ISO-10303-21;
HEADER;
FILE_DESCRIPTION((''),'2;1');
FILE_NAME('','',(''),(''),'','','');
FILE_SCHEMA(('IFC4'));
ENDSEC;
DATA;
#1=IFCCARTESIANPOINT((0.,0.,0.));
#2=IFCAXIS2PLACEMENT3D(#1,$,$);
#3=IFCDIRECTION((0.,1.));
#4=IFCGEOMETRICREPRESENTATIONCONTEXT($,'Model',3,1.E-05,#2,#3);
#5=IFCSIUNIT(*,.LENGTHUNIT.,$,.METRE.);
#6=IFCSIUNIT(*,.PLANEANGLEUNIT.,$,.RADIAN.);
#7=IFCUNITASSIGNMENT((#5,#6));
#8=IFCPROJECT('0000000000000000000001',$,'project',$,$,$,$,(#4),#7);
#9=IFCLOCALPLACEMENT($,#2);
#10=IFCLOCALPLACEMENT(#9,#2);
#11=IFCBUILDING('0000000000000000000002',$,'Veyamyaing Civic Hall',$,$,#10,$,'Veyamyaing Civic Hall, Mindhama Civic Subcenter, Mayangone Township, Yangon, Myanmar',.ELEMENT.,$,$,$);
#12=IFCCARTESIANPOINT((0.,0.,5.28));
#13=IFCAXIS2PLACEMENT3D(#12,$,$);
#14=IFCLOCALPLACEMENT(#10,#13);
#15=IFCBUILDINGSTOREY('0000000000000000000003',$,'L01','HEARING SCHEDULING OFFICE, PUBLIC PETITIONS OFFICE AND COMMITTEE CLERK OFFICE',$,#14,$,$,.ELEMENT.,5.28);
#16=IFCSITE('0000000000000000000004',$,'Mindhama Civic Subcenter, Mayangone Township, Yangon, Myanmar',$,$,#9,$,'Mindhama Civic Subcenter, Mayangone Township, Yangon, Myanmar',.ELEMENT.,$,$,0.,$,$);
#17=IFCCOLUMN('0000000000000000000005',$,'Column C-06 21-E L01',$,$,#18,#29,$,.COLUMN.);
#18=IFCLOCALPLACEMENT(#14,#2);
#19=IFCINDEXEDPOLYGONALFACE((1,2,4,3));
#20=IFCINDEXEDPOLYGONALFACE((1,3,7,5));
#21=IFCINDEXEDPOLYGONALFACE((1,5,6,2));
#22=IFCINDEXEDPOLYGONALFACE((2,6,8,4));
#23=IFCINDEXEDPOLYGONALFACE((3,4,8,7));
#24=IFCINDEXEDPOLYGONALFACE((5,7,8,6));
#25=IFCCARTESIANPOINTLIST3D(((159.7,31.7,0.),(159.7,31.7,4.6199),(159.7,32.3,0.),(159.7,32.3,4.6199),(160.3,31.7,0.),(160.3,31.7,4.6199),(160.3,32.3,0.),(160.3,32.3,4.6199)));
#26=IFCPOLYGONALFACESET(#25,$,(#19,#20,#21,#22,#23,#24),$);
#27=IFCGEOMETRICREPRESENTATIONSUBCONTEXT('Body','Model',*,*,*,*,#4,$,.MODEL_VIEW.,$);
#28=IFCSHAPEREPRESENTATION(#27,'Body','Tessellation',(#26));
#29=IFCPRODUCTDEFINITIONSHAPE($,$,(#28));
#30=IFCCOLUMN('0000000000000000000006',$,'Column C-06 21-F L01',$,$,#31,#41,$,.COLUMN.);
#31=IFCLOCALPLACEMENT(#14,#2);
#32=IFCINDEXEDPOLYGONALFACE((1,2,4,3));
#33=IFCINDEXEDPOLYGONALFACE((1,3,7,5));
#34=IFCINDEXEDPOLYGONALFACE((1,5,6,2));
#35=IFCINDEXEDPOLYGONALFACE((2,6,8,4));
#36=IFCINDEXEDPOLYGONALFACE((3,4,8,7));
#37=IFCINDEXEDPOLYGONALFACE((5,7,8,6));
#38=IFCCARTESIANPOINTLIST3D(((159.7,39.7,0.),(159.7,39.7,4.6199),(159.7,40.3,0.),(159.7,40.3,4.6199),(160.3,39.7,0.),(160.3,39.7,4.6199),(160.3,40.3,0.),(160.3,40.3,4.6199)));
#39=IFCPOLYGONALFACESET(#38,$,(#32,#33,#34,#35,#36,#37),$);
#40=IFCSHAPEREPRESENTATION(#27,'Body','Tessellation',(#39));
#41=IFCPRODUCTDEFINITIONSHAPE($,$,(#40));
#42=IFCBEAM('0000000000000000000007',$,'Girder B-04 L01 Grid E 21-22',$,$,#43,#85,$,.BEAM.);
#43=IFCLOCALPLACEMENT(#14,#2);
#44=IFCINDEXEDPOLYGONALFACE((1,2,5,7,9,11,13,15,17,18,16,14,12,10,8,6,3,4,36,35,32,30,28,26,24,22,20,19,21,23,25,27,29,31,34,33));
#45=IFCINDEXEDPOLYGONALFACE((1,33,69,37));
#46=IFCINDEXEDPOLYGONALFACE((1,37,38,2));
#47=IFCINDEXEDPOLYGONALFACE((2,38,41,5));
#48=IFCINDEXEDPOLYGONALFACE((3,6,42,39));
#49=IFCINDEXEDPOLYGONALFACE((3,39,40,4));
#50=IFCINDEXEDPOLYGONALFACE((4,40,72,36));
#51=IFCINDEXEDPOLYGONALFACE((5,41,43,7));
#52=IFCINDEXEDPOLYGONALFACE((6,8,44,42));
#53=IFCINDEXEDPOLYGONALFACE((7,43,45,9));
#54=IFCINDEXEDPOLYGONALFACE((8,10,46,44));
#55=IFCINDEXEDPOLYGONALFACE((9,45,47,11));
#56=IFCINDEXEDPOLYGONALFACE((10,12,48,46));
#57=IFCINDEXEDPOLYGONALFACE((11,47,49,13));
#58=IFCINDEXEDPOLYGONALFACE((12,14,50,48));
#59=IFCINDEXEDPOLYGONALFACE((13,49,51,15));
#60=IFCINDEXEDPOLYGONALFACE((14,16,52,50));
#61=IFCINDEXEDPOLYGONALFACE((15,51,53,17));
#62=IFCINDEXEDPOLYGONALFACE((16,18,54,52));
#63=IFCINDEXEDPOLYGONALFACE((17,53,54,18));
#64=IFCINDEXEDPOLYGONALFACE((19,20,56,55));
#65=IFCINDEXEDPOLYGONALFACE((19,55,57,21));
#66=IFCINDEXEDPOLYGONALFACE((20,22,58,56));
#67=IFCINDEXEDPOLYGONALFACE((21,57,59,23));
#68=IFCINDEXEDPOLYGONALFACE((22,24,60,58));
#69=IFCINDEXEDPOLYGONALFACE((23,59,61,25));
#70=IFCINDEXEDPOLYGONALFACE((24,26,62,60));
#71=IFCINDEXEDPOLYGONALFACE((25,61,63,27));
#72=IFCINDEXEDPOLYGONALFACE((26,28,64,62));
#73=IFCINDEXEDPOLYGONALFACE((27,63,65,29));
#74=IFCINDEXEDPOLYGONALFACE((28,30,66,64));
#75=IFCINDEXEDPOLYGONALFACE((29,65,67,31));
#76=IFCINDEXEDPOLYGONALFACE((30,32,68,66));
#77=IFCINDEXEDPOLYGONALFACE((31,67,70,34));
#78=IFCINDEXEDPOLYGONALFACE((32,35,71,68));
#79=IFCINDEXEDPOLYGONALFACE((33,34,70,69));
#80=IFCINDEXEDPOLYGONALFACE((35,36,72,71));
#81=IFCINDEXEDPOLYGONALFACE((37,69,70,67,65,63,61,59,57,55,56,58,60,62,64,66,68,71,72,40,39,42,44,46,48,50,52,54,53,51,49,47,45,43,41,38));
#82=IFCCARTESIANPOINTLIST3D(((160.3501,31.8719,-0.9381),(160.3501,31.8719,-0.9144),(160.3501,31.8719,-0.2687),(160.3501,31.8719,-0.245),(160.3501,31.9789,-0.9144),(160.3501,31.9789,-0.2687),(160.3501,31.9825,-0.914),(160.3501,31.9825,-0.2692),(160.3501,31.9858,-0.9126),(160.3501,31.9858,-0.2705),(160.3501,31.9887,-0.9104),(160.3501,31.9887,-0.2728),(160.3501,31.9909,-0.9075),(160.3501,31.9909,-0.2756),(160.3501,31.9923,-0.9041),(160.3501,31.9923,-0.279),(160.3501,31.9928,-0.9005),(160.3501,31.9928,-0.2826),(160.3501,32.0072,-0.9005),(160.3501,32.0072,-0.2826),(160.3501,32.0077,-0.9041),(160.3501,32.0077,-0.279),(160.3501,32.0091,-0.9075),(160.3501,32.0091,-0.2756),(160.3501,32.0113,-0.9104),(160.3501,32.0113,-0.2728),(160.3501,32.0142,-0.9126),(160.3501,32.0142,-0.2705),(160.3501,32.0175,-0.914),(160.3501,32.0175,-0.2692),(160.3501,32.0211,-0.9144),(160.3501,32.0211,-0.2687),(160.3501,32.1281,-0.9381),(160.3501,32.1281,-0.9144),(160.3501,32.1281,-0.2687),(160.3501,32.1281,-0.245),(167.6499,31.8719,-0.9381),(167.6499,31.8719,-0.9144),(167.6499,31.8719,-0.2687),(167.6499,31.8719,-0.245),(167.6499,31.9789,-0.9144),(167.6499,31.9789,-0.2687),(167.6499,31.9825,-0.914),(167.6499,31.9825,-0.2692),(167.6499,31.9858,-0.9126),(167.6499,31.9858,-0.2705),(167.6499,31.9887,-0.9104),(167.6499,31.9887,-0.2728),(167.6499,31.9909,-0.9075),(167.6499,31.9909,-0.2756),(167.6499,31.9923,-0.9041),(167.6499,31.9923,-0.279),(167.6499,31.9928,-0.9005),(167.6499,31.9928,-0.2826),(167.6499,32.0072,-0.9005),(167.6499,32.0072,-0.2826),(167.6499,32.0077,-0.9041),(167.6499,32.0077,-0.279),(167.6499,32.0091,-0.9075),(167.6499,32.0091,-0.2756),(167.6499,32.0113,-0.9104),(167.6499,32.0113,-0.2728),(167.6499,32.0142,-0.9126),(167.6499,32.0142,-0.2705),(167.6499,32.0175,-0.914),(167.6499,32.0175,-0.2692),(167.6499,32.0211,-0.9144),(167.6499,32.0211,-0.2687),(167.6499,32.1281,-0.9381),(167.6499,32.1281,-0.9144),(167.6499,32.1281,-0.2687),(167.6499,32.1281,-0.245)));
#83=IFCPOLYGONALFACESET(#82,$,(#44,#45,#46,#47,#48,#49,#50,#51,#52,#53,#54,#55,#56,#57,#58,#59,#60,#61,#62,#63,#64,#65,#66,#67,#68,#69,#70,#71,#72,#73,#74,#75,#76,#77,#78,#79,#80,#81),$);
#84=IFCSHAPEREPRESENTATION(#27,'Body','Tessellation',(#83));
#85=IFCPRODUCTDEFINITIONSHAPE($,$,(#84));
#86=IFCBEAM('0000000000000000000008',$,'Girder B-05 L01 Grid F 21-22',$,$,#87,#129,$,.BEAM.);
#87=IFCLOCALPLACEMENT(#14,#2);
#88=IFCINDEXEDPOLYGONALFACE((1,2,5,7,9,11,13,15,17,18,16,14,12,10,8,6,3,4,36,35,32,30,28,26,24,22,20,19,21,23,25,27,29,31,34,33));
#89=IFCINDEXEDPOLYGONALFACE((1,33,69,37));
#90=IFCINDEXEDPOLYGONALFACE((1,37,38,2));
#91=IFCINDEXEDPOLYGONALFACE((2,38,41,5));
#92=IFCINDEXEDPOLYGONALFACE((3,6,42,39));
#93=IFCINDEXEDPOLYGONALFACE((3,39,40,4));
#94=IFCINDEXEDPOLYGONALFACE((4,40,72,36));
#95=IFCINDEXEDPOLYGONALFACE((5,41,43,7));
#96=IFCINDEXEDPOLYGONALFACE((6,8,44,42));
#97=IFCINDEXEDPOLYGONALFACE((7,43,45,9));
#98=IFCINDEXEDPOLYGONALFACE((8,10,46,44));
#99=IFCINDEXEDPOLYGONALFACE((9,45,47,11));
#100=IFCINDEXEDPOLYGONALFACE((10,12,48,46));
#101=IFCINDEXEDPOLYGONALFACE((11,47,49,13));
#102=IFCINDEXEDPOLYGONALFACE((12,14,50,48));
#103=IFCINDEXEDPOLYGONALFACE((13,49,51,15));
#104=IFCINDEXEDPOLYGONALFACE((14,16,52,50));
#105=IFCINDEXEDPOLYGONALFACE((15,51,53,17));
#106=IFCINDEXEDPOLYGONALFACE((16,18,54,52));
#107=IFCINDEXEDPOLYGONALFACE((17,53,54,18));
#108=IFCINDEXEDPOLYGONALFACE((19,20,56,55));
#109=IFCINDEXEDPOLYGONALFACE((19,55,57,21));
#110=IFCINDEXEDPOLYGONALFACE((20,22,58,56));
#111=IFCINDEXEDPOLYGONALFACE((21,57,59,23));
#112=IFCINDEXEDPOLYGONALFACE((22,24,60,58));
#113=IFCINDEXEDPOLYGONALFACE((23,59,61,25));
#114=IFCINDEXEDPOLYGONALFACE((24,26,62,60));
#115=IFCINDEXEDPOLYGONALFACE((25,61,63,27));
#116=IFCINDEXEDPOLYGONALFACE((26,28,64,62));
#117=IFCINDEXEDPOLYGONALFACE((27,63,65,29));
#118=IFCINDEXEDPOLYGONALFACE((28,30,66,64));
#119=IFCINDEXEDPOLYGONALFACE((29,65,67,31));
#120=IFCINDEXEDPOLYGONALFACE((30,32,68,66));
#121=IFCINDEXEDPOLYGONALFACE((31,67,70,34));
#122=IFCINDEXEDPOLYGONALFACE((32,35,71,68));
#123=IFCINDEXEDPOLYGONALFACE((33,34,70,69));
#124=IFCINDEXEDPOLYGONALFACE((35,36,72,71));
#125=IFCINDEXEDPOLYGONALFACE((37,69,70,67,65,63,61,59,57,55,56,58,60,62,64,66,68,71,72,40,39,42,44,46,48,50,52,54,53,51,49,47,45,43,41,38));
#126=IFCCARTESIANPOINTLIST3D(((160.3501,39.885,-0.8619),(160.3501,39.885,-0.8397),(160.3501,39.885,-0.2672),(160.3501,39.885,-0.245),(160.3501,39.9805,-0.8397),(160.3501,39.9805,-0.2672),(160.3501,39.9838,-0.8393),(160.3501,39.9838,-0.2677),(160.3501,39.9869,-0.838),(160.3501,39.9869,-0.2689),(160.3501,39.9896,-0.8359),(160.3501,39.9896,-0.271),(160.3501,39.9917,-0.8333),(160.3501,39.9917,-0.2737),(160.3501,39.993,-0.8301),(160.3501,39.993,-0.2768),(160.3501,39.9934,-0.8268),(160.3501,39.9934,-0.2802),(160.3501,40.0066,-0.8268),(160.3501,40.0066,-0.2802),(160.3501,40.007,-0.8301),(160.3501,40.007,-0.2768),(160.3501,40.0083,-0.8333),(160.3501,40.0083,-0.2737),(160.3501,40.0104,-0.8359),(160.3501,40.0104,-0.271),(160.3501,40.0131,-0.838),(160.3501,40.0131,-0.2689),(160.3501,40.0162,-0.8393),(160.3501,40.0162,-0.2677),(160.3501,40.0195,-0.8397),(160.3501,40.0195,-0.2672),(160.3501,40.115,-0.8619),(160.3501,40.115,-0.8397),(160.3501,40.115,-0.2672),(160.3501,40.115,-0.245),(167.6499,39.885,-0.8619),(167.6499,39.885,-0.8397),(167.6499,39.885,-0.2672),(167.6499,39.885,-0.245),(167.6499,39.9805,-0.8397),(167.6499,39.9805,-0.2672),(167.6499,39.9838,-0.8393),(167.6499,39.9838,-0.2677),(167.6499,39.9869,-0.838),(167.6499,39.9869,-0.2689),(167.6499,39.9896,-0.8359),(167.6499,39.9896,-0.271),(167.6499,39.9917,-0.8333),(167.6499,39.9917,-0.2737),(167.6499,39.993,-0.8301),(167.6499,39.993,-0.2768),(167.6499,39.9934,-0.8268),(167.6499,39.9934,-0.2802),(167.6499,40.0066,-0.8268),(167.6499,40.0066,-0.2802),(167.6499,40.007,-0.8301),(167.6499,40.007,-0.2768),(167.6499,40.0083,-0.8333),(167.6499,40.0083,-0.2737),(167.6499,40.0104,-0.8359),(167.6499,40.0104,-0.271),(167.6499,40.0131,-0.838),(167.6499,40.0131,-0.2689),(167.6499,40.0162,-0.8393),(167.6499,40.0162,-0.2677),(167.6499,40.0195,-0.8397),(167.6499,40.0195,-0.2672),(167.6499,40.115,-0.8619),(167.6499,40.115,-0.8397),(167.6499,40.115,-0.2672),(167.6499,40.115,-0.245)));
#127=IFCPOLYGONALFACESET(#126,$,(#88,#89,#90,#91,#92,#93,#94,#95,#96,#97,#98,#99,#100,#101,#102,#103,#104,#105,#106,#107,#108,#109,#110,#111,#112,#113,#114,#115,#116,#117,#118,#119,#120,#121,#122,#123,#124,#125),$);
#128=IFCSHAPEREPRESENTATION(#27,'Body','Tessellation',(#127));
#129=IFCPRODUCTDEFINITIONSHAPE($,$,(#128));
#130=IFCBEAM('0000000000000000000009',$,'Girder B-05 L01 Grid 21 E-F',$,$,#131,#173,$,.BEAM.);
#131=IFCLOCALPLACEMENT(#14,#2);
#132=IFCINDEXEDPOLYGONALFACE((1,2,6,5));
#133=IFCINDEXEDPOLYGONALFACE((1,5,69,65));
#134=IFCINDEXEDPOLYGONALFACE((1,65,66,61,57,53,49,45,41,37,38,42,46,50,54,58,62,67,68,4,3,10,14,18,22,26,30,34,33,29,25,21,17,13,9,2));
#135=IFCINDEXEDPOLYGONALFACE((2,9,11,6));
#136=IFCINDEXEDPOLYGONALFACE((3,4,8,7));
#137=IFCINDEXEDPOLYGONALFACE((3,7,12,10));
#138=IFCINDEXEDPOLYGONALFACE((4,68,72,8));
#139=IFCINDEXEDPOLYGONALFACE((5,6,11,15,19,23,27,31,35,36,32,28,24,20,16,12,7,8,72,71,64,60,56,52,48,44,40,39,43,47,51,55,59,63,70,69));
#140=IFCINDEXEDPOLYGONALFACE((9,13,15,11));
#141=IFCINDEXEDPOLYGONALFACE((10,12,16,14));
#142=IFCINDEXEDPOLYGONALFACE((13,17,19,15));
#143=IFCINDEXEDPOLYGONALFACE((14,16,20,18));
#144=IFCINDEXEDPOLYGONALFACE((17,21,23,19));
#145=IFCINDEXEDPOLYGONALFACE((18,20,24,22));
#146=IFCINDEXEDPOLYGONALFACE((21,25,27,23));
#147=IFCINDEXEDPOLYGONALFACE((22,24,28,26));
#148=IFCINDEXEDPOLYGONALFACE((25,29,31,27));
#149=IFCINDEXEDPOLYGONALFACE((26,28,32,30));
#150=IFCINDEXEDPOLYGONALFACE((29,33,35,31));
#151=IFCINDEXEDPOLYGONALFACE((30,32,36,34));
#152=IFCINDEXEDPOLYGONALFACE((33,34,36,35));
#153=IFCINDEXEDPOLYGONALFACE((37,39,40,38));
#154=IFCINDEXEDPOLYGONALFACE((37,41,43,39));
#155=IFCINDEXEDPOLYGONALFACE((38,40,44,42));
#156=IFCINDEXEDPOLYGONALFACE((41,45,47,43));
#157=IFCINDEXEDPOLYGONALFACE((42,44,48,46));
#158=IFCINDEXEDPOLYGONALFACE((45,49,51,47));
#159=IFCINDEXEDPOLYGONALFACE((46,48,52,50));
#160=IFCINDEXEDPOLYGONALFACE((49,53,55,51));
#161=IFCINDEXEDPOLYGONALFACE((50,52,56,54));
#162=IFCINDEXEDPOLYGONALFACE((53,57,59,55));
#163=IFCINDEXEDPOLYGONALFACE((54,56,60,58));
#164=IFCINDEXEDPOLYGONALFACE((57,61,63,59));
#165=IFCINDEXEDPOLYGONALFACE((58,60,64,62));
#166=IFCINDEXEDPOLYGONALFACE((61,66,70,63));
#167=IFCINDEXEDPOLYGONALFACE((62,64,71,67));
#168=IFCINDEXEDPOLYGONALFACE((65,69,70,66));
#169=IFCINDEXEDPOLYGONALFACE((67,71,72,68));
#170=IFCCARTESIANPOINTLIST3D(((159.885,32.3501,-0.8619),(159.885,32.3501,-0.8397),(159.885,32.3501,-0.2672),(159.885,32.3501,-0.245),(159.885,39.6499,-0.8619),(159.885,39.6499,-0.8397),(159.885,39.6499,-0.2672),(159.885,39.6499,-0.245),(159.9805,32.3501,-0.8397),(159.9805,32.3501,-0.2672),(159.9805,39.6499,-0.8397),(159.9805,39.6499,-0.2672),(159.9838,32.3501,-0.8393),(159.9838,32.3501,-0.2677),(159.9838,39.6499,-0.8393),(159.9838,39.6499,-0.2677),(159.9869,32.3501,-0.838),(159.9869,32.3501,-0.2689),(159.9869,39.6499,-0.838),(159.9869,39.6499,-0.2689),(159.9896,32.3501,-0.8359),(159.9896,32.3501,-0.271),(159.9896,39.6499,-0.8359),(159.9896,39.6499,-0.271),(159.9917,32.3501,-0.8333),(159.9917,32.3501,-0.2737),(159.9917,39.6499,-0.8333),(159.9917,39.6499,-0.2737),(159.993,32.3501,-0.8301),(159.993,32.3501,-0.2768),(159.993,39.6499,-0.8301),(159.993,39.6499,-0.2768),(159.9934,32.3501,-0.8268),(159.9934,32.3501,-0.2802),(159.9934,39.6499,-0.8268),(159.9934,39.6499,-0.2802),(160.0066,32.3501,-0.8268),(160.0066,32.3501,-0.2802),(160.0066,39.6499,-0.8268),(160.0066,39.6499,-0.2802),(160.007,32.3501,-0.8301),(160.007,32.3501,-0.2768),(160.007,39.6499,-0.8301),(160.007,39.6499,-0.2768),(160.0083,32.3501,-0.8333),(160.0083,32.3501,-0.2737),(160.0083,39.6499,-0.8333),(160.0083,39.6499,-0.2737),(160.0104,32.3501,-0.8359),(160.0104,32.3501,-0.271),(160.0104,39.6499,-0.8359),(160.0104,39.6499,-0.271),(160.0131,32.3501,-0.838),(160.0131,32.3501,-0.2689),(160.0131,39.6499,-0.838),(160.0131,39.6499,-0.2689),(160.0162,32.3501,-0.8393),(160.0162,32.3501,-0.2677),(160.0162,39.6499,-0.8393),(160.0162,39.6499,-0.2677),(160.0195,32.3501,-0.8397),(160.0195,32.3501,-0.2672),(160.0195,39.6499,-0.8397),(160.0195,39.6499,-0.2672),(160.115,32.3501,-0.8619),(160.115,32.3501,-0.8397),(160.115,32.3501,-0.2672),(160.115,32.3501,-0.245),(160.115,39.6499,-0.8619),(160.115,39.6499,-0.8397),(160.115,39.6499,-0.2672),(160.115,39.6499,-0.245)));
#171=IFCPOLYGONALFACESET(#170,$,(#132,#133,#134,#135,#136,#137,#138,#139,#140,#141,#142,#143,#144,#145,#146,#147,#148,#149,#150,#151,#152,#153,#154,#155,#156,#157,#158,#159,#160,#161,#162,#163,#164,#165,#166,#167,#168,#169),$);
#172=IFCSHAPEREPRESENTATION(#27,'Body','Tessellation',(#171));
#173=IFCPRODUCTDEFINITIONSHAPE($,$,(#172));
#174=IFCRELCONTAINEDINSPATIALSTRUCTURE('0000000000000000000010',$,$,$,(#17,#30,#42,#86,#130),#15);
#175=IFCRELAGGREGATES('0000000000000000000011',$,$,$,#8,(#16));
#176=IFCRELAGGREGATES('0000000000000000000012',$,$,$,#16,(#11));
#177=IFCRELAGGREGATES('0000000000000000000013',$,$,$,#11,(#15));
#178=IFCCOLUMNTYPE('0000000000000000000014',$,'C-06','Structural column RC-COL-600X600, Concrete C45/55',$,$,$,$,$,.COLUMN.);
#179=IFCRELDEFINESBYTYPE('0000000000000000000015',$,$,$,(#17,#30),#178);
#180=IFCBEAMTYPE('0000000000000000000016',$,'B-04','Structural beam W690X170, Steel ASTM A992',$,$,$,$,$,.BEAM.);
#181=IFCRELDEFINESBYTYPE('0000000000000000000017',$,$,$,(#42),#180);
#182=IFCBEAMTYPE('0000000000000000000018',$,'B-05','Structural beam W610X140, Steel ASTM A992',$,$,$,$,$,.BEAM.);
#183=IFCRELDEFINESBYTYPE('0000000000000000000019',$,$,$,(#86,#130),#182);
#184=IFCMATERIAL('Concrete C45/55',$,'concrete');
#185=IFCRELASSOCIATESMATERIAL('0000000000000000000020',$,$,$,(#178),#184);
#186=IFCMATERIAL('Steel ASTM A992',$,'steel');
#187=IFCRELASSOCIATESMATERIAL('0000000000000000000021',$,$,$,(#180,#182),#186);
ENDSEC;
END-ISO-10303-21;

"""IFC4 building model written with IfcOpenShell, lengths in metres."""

from ifc_helpers import new_model, si_unit, direction, frame, origin, origin_2d, place, context, subcontext, project, spatial, rectangle, i_section, extrude, material, material_profile, profile_set, type_object, element, save


model = new_model("IFC4")

# Units and contexts
model_context = context("Model", 3, precision=1e-05, world=origin(), true_north=direction((0.0, 1.0)))
body_context = subcontext(model_context, "Body", "Model", "MODEL_VIEW")
ifc_project = project(units=[si_unit("LENGTHUNIT", "METRE"), si_unit("PLANEANGLEUNIT", "RADIAN")], contexts=[model_context])

# Site, building, storey
site_placement = place(None, origin())
site = spatial("IfcSite", under=ifc_project, at=site_placement, Name="Mindhama Civic Subcenter, Mayangone Township, Yangon, Myanmar", LongName="Mindhama Civic Subcenter, Mayangone Township, Yangon, Myanmar", CompositionType="ELEMENT", RefElevation=0.0)
building_placement = place(site_placement, origin())
building = spatial("IfcBuilding", under=site, at=building_placement, Name="Veyamyaing Civic Hall", LongName="Veyamyaing Civic Hall, Mindhama Civic Subcenter, Mayangone Township, Yangon, Myanmar", CompositionType="ELEMENT")
storey_placement = place(building_placement, frame((0.0, 0.0, 5.28)))
storey = spatial("IfcBuildingStorey", under=building, at=storey_placement, Name="L01", Description="HEARING SCHEDULING OFFICE, PUBLIC PETITIONS OFFICE AND COMMITTEE CLERK OFFICE", CompositionType="ELEMENT", Elevation=5.28)

# Columns
ifc_material_1 = material(Name="Concrete C45/55", Category="concrete")
ifc_material_profile_1 = material_profile(ifc_material_1, rectangle(XDim=0.6001, YDim=0.6001, at=origin_2d()), Name="RC-COL-600X600")
ifc_profile_set_1 = profile_set([ifc_material_profile_1], Name="Concrete C45/55")
column_type = type_object("IfcColumnType", Name="C-06", Description="Structural column RC-COL-600X600, Concrete C45/55", PredefinedType="COLUMN", material=ifc_profile_set_1)
for number, where, z_axis, x_axis, name in (
    (1, (160.0, 32.0, 0.0), (0.0, 0.0, 1.0), (1.0, 0.0, 0.0), "Column C-06 21-E L01"),
    (2, (160.0, 40.0, 0.0), (0.0, 0.0, 1.0), (1.0, 0.0, 0.0), "Column C-06 21-F L01"),
):
    element("IfcColumn", number, at=place(storey_placement, frame(where, z_axis=z_axis, x_axis=x_axis)), inside=storey, type_object=column_type, Name=name, PredefinedType="COLUMN", context=body_context, shape_type="SweptSolid", body=[
        extrude(rectangle(XDim=0.6001, YDim=0.6001, at=origin_2d()), origin(), (0.0, 0.0, 1.0), 4.6199),
    ])

# Beams
ifc_material_2 = material(Name="Steel ASTM A992", Category="steel")
ifc_material_profile_2 = material_profile(ifc_material_2, i_section(OverallWidth=0.2561, OverallDepth=0.6931, WebThickness=0.0144, FlangeThickness=0.0237, FilletRadius=0.0139, at=origin_2d()), Name="W690X170")
ifc_profile_set_2 = profile_set([ifc_material_profile_2], Name="Steel ASTM A992")
beam_type_1 = type_object("IfcBeamType", Name="B-04", Description="Structural beam W690X170, Steel ASTM A992", PredefinedType="BEAM", material=ifc_profile_set_2)
beam_1_placement = place(storey_placement, frame((160.3501, 32.0, -0.5916), z_axis=(1.0, 0.0, 0.0), x_axis=(0.0, 1.0, 0.0)))
element("IfcBeam", 3, at=beam_1_placement, inside=storey, type_object=beam_type_1, Name="Girder B-04 L01 Grid E 21-22", PredefinedType="BEAM", context=body_context, shape_type="SweptSolid", body=[
    extrude(i_section(OverallWidth=0.2561, OverallDepth=0.6931, WebThickness=0.0144, FlangeThickness=0.0237, FilletRadius=0.0139, at=origin_2d()), origin(), (0.0, 0.0, 1.0), 7.2998),
])
ifc_material_profile_3 = material_profile(ifc_material_2, i_section(OverallWidth=0.23, OverallDepth=0.6169, WebThickness=0.0132, FlangeThickness=0.0222, FilletRadius=0.0129, at=origin_2d()), Name="W610X140")
ifc_profile_set_3 = profile_set([ifc_material_profile_3], Name="Steel ASTM A992")
beam_type_2 = type_object("IfcBeamType", Name="B-05", Description="Structural beam W610X140, Steel ASTM A992", PredefinedType="BEAM", material=ifc_profile_set_3)
for number, where, z_axis, x_axis, name in (
    (4, (160.3501, 40.0, -0.5535), (1.0, 0.0, 0.0), (0.0, 1.0, 0.0), "Girder B-05 L01 Grid F 21-22"),
    (5, (160.0, 32.3501, -0.5535), (0.0, 1.0, 0.0), (-1.0, 0.0, 0.0), "Girder B-05 L01 Grid 21 E-F"),
):
    element("IfcBeam", number, at=place(storey_placement, frame(where, z_axis=z_axis, x_axis=x_axis)), inside=storey, type_object=beam_type_2, Name=name, PredefinedType="BEAM", context=body_context, shape_type="SweptSolid", body=[
        extrude(i_section(OverallWidth=0.23, OverallDepth=0.6169, WebThickness=0.0132, FlangeThickness=0.0222, FilletRadius=0.0129, at=origin_2d()), origin(), (0.0, 0.0, 1.0), 7.2998),
    ])

save(model, "model.ifc")
